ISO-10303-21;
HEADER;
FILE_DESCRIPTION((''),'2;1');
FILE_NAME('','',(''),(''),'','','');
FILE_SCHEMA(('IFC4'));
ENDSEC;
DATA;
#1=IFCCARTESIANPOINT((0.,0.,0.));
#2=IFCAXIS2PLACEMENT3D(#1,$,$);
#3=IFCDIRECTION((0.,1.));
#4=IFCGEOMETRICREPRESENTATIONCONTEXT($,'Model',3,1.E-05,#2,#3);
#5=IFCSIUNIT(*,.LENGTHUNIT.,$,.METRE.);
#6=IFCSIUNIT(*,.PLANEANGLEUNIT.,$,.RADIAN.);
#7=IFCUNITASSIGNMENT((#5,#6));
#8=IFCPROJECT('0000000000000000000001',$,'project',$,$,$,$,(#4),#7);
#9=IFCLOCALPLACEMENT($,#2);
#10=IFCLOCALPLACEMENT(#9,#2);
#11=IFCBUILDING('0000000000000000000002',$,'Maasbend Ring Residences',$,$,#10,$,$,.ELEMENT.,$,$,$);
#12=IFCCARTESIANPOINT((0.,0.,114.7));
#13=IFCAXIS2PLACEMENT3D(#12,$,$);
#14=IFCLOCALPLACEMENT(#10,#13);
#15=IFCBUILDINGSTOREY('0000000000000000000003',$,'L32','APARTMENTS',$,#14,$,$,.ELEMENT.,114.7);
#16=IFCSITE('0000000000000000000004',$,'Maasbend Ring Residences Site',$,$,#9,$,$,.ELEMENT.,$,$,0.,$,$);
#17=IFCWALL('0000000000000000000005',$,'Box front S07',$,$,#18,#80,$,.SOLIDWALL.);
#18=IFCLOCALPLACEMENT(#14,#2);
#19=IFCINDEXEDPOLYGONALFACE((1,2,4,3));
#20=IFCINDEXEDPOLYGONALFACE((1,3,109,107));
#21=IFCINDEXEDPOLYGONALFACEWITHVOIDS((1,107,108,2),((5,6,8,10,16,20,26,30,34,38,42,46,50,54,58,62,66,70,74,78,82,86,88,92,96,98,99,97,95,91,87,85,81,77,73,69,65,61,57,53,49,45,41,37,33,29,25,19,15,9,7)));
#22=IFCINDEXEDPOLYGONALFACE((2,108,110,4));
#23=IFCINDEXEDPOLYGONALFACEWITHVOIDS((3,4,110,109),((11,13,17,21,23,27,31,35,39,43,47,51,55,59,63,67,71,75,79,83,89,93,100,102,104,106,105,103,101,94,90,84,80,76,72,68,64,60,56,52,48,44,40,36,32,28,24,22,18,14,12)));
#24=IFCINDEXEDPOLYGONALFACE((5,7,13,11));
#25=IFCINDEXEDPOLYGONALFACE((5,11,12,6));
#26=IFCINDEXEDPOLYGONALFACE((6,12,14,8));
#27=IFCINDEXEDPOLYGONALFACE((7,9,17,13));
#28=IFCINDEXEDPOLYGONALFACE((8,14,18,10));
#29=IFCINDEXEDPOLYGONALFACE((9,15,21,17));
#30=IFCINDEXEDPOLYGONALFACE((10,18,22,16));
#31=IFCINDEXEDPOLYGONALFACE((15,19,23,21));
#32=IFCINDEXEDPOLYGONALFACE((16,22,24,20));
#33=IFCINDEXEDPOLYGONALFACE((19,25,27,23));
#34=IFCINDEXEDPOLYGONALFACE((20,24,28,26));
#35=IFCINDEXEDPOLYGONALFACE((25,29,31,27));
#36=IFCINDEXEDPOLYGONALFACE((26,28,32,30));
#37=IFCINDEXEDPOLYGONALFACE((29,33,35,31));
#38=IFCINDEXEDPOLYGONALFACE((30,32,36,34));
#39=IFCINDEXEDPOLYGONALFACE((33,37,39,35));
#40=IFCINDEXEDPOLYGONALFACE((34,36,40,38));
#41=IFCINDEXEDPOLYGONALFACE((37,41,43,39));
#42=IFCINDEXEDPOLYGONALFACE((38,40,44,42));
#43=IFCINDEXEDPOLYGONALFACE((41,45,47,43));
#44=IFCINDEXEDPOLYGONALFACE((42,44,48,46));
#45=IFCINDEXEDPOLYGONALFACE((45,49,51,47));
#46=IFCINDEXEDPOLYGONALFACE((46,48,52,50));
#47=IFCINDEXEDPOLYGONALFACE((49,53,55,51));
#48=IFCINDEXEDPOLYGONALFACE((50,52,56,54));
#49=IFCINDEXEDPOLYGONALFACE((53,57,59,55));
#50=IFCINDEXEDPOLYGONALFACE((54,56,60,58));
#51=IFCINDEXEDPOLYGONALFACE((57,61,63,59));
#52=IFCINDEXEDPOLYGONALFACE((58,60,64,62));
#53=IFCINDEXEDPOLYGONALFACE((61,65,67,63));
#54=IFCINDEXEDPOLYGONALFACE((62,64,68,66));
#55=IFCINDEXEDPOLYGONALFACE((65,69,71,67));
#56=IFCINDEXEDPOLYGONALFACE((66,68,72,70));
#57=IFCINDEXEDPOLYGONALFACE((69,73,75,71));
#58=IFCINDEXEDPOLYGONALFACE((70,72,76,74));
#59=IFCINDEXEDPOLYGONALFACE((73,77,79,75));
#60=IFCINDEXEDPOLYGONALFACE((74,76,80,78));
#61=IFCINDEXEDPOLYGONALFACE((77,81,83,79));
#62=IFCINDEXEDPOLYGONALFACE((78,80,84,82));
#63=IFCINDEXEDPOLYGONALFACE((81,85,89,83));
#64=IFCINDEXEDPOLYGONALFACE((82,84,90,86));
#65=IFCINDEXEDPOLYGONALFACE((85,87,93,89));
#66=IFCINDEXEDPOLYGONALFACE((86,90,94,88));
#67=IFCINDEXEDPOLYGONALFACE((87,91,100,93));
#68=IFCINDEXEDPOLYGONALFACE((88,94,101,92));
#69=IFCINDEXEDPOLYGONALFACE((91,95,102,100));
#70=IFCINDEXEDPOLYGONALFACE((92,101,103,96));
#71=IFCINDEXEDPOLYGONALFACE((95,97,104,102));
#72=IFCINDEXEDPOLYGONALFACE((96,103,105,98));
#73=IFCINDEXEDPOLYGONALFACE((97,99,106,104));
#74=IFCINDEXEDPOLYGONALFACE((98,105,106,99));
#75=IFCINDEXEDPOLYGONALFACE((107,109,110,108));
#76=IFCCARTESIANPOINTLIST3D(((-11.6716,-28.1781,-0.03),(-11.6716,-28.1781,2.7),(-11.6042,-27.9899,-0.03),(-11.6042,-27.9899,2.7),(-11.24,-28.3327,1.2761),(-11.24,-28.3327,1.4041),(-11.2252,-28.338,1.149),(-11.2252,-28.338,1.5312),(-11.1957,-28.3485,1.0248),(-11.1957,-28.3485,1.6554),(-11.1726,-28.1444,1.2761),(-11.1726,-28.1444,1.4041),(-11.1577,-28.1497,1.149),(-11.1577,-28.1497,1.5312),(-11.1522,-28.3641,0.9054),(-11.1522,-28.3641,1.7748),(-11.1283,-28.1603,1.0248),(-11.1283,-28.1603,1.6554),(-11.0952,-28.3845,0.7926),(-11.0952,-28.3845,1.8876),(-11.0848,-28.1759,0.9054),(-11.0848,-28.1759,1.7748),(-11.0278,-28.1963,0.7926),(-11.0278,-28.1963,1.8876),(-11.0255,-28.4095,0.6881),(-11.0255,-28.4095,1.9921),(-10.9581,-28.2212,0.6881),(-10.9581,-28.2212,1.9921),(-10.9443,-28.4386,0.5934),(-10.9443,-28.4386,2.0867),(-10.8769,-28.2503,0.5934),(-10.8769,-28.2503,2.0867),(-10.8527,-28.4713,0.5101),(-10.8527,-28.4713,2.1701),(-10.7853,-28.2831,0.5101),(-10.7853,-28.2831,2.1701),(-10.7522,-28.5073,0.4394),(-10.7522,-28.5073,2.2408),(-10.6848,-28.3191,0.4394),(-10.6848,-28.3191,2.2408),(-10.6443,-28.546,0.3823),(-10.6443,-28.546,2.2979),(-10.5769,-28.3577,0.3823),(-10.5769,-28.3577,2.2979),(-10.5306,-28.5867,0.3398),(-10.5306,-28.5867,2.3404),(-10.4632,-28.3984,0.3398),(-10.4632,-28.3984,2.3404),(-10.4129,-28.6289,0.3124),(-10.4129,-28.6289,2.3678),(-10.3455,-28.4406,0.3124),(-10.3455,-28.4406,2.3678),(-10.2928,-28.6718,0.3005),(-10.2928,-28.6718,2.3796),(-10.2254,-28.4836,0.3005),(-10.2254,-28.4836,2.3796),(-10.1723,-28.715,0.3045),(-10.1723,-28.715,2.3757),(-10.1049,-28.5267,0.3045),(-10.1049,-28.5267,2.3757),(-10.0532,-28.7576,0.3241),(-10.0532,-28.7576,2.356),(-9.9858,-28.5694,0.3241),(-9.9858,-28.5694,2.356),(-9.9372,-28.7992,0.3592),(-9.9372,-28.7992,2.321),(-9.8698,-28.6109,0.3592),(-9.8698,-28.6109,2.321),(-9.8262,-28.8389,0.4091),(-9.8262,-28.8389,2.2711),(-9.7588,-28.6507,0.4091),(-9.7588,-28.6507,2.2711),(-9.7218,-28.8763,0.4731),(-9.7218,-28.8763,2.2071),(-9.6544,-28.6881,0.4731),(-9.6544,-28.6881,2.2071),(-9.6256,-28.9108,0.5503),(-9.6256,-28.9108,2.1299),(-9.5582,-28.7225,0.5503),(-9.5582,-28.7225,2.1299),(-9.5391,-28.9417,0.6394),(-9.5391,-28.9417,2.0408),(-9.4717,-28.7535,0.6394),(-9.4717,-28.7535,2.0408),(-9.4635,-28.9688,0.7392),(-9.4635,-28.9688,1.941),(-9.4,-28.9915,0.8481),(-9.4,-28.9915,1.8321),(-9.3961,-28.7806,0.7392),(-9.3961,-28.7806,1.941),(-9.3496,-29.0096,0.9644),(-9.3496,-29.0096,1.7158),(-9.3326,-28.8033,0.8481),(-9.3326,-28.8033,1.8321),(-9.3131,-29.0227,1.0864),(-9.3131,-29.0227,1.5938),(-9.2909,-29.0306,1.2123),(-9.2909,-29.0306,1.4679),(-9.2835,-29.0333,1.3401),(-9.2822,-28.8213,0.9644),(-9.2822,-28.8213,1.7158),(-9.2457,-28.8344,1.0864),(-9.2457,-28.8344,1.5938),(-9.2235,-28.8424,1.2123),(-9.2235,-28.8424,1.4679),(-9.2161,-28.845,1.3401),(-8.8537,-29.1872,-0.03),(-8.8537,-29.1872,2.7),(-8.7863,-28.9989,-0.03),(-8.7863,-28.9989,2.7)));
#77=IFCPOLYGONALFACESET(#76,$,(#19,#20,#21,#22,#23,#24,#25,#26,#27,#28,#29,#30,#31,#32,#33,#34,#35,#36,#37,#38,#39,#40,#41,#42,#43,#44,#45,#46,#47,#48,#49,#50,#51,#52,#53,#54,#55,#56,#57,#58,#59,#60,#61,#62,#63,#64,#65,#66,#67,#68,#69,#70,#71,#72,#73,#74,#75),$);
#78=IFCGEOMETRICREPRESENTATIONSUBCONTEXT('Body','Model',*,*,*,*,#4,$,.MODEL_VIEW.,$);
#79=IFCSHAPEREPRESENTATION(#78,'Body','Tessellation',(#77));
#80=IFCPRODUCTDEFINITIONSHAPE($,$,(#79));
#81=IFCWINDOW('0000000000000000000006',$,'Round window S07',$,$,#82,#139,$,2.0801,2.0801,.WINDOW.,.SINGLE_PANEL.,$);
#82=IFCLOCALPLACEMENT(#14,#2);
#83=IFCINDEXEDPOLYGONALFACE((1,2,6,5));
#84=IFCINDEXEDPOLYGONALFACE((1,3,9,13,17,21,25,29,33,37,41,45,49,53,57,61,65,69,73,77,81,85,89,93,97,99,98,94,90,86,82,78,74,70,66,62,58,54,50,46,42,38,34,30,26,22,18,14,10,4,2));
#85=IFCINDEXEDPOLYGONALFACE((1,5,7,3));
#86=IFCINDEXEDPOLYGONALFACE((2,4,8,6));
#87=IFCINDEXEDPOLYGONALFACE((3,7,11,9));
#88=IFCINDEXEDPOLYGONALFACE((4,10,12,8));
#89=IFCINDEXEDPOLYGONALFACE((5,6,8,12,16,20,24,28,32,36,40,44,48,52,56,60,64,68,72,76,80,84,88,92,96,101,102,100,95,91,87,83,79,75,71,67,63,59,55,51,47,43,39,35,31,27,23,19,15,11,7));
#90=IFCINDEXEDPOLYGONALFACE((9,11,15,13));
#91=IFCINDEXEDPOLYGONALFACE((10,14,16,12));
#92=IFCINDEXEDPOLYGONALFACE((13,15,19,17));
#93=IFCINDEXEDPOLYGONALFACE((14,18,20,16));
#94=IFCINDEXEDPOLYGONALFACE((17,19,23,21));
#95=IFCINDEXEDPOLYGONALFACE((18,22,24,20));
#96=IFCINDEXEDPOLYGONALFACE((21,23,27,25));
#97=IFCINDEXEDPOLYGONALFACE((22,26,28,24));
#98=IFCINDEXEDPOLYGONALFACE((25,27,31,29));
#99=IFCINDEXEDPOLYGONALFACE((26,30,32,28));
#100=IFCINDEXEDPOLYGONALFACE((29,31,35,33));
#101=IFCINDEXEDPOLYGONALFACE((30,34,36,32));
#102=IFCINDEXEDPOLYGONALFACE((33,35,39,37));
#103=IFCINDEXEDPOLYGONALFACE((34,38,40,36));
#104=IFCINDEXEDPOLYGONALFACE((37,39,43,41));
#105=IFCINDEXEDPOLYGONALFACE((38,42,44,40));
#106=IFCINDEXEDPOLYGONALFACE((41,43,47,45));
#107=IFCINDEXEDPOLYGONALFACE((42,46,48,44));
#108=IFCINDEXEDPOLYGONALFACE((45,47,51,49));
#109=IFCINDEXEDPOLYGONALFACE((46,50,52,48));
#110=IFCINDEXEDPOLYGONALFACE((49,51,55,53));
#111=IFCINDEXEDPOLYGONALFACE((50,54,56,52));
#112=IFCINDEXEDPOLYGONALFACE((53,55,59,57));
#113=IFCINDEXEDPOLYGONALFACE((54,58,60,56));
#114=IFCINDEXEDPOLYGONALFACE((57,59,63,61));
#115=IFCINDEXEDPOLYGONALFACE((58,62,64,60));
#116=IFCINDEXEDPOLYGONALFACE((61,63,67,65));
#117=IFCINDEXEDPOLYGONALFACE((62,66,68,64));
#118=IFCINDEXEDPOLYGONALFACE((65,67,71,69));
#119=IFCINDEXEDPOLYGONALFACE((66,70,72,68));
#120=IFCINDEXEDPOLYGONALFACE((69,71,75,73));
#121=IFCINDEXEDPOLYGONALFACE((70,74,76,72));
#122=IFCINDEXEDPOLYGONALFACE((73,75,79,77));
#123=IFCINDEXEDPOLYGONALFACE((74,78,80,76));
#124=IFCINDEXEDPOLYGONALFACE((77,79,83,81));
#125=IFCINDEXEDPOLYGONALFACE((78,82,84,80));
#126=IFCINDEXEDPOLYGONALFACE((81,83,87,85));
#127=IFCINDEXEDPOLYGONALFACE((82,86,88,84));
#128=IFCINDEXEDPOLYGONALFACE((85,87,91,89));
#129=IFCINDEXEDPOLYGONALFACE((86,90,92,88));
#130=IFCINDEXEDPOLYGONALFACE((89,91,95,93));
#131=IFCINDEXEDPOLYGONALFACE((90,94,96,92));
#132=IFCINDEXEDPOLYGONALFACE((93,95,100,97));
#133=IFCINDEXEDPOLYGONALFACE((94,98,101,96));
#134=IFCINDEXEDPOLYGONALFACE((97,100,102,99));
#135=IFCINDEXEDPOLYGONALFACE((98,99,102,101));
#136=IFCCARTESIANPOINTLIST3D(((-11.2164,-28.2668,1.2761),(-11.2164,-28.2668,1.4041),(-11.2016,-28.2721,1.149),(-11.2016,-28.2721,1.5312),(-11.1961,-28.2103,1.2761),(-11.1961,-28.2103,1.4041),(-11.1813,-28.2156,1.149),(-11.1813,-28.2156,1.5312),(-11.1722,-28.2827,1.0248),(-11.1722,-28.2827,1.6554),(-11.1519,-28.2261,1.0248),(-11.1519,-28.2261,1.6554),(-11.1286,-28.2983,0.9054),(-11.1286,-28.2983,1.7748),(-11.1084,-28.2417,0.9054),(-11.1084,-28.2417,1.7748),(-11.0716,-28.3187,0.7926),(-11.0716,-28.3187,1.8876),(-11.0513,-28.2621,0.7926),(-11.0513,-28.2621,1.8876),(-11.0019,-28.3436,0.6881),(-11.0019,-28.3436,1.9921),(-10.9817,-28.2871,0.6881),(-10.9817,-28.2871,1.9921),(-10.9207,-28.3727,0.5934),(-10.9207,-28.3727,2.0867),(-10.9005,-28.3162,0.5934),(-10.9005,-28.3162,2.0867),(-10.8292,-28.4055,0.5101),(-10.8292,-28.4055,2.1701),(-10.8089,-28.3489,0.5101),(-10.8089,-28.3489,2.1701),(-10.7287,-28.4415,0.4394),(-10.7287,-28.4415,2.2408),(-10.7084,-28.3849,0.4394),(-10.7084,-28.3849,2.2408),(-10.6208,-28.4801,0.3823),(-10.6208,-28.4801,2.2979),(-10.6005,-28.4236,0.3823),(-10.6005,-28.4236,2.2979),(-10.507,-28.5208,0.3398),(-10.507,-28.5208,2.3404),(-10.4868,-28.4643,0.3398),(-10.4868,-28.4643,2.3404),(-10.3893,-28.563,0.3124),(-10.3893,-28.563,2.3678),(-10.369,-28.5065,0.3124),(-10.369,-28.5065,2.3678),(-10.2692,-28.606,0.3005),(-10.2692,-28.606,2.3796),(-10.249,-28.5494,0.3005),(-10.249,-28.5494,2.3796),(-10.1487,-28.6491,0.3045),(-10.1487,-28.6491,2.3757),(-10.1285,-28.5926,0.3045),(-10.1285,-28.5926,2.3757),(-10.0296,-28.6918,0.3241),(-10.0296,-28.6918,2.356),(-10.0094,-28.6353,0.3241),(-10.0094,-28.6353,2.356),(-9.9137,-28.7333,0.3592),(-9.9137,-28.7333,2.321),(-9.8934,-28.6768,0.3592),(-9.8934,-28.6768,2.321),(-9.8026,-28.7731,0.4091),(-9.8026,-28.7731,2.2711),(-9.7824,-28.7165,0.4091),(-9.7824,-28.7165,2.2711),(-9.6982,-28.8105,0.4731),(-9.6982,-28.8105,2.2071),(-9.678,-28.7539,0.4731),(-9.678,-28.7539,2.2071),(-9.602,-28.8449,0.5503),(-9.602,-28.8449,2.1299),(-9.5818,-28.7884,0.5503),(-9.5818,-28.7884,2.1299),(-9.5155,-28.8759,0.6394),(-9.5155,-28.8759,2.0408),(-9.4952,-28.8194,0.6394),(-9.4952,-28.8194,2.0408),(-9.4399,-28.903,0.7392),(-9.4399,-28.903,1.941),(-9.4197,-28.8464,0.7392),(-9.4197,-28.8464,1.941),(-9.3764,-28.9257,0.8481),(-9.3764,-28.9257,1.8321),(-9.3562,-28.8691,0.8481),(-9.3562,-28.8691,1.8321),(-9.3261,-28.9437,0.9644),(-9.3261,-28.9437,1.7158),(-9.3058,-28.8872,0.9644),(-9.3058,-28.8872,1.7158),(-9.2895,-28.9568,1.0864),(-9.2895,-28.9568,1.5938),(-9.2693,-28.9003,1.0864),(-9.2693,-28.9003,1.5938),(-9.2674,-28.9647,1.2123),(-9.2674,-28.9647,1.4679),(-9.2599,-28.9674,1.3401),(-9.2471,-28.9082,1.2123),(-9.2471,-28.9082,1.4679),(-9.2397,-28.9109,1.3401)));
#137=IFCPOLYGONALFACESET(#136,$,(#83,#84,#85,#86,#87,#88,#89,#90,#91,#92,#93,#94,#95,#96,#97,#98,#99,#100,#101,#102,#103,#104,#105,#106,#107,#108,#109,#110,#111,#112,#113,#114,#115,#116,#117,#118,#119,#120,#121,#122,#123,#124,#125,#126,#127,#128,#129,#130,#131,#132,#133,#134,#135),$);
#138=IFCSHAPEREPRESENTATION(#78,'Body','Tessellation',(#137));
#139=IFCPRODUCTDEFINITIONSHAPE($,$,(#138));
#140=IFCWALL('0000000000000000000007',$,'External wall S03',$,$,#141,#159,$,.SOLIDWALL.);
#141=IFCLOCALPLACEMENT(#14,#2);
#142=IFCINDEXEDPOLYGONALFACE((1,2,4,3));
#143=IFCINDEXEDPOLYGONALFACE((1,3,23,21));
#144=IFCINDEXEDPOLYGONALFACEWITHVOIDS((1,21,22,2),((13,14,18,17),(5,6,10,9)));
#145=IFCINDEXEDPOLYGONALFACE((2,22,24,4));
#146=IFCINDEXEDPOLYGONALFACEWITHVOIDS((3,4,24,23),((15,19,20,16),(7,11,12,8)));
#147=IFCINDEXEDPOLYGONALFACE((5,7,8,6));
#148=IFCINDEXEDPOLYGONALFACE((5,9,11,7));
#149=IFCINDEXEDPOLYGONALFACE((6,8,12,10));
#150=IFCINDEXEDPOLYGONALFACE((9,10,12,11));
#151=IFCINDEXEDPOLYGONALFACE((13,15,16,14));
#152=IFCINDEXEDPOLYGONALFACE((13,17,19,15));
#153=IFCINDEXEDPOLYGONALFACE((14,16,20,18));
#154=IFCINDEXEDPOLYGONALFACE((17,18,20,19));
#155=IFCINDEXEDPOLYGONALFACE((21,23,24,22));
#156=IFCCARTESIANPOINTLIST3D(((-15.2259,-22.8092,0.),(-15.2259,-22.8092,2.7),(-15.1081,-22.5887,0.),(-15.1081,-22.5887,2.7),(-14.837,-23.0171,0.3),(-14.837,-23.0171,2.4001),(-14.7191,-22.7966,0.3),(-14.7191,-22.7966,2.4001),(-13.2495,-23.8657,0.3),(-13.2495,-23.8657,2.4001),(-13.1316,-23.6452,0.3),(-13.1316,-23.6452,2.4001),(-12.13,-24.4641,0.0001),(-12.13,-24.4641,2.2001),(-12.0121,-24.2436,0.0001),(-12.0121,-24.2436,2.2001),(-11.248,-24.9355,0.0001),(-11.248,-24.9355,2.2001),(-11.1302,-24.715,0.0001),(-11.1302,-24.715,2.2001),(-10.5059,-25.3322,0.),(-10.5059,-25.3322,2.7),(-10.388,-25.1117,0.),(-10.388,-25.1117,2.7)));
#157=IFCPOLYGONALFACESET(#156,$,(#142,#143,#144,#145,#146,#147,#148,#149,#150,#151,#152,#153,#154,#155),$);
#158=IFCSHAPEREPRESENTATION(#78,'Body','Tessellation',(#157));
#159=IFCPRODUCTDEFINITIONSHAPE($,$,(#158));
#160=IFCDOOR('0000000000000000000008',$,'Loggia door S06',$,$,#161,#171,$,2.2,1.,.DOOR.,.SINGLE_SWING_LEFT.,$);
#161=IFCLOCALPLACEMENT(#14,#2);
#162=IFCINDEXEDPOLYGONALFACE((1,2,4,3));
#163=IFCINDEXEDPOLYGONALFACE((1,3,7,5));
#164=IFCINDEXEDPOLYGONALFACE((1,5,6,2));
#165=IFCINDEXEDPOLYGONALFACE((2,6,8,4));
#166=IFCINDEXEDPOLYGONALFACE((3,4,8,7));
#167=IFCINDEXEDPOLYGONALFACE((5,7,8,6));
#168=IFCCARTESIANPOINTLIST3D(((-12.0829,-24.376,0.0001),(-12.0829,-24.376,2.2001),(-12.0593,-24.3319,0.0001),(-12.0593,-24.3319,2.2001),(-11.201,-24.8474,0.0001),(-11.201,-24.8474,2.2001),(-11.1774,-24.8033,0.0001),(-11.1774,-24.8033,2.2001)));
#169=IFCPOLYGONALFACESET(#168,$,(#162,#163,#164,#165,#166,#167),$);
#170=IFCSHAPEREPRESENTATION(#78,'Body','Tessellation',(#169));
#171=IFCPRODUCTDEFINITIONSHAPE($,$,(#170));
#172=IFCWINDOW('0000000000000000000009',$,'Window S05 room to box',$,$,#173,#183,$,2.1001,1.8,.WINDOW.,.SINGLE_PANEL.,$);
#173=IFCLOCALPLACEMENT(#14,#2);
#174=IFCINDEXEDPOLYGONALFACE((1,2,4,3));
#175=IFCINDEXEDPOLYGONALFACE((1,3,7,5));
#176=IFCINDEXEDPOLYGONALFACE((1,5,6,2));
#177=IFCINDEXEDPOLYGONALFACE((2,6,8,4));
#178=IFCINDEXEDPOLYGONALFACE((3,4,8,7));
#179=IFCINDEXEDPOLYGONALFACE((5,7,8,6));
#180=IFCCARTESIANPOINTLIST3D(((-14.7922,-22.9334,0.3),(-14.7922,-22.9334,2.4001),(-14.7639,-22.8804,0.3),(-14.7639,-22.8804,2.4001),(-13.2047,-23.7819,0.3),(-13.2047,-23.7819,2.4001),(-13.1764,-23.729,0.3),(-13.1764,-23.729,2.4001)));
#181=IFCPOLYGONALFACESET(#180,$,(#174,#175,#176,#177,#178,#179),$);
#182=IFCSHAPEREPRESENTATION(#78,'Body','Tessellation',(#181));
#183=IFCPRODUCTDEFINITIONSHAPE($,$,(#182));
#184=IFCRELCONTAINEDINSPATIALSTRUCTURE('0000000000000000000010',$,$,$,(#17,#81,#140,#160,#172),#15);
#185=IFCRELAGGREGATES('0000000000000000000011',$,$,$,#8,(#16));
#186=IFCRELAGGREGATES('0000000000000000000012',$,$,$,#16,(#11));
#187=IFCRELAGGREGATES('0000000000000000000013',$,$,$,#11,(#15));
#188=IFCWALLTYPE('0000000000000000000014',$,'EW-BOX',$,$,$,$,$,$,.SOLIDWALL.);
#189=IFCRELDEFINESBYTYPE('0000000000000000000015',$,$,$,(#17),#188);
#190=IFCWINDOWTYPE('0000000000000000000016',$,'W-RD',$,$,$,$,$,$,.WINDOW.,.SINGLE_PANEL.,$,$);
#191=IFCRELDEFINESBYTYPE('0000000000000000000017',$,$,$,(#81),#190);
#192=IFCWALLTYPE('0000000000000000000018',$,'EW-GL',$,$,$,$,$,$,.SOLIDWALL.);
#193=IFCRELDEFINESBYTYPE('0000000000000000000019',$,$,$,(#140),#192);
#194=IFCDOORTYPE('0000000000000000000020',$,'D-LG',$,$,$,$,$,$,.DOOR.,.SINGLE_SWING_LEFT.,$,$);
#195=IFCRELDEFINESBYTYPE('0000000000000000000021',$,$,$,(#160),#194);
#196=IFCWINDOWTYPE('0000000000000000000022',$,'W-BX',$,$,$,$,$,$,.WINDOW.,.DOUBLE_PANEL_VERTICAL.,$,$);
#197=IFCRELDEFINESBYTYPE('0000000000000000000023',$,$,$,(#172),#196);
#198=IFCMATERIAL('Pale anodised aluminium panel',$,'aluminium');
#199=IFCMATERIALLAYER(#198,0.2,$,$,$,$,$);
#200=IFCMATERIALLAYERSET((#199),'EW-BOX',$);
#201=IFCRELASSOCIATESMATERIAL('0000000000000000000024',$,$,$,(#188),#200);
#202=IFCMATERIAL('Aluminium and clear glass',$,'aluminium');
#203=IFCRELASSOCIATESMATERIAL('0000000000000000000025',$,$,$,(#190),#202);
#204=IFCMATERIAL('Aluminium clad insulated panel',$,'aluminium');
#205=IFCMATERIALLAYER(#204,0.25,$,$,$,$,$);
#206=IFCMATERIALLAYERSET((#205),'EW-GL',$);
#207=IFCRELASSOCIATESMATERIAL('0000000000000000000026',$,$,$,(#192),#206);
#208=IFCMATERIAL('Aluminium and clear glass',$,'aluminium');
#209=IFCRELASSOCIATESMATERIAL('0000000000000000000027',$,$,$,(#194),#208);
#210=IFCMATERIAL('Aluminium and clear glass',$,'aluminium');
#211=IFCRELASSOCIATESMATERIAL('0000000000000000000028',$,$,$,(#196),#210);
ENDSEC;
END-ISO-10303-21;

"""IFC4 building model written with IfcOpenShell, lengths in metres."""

from ifc_helpers import new_model, si_unit, direction, frame, frame_2d, origin, place, context, subcontext, project, spatial, rectangle, circle, extrude, material, layer, layer_set, type_object, element, fill, save


model = new_model("IFC4")

# Units and contexts
model_context = context("Model", 3, precision=1e-05, world=origin(), true_north=direction((0.0, 1.0)))
body_context = subcontext(model_context, "Body", "Model", "MODEL_VIEW")
ifc_project = project(units=[si_unit("LENGTHUNIT", "METRE"), si_unit("PLANEANGLEUNIT", "RADIAN")], contexts=[model_context])

# Site, building, storey
site_placement = place(None, origin())
site = spatial("IfcSite", under=ifc_project, at=site_placement, Name="Maasbend Ring Residences Site", CompositionType="ELEMENT", RefElevation=0.0)
building_placement = place(site_placement, origin())
building = spatial("IfcBuilding", under=site, at=building_placement, Name="Maasbend Ring Residences", CompositionType="ELEMENT")
storey_placement = place(building_placement, frame((0.0, 0.0, 114.7)))
storey = spatial("IfcBuildingStorey", under=building, at=storey_placement, Name="L32", Description="APARTMENTS", CompositionType="ELEMENT", Elevation=114.7)

# Shared definitions
ifc_material_1 = material(Name="Pale anodised aluminium panel", Category="aluminium")
ifc_layer_1 = layer(ifc_material_1, 0.2)
ifc_layer_set_1 = layer_set([ifc_layer_1], Name="EW-BOX")
wall_type_1 = type_object("IfcWallType", Name="EW-BOX", PredefinedType="SOLIDWALL", material=ifc_layer_set_1)
ifc_material_2 = material(Name="Aluminium and clear glass", Category="aluminium")
window_type_1 = type_object("IfcWindowType", Name="W-RD", PartitioningType="SINGLE_PANEL", PredefinedType="WINDOW", material=ifc_material_2)

# Wall, opening, window
wall_1_placement = place(storey_placement, frame((-11.6379, -28.084, -0.03), z_axis=(0.0, 0.0, 1.0), x_axis=(0.941461, -0.337122, 0.0)))
wall_1 = element("IfcWall", 1, at=wall_1_placement, inside=storey, type_object=wall_type_1, Name="Box front S07", PredefinedType="SOLIDWALL", context=body_context, shape_type="SweptSolid", body=[
    extrude(rectangle(XDim=2.9932, YDim=0.2, at=frame_2d((1.4966, 0.0))), origin(), (0.0, 0.0, 1.0), 2.73),
])
opening_1_placement = place(wall_1_placement, frame((0.4565, 0.0, 0.3301)))
opening_1 = element("IfcOpeningElement", 2, at=opening_1_placement, cuts=wall_1, PredefinedType="OPENING", context=body_context, shape_type="SweptSolid", body=[
    extrude(circle(Radius=1.04, at=frame_2d((1.04, 1.04))), frame((0.0, 0.1099, 0.0), z_axis=(0.0, -1.0, 0.0), x_axis=(1.0, 0.0, 0.0)), (0.0, 0.0, 1.0), 0.22),
])
window_1_placement = place(opening_1_placement, origin())
window_1 = element("IfcWindow", 3, at=window_1_placement, inside=storey, type_object=window_type_1, Name="Round window S07", OverallHeight=2.0801, OverallWidth=2.0801, PartitioningType="SINGLE_PANEL", PredefinedType="WINDOW", context=body_context, shape_type="SweptSolid", body=[
    extrude(circle(Radius=1.04, at=frame_2d((1.04, 1.04))), frame((0.0, 0.03, 0.0), z_axis=(0.0, -1.0, 0.0), x_axis=(1.0, 0.0, 0.0)), (0.0, 0.0, 1.0), 0.0601),
])
fill(opening_1, window_1)

# Wall, openings, door, window
ifc_material_3 = material(Name="Aluminium clad insulated panel", Category="aluminium")
ifc_layer_2 = layer(ifc_material_3, 0.25)
ifc_layer_set_2 = layer_set([ifc_layer_2], Name="EW-GL")
wall_type_2 = type_object("IfcWallType", Name="EW-GL", PredefinedType="SOLIDWALL", material=ifc_layer_set_2)
wall_2_placement = place(storey_placement, frame((-15.167, -22.699, 0.0), z_axis=(0.0, 0.0, 1.0), x_axis=(0.881916, -0.471407, 0.0)))
wall_2 = element("IfcWall", 4, at=wall_2_placement, inside=storey, type_object=wall_type_2, Name="External wall S03", PredefinedType="SOLIDWALL", context=body_context, shape_type="SweptSolid", body=[
    extrude(rectangle(XDim=5.3521, YDim=0.25, at=frame_2d((2.676, 0.0))), origin(), (0.0, 0.0, 1.0), 2.7),
])
opening_2_placement = place(wall_2_placement, frame((0.4412, 0.0, 0.3)))
opening_2 = element("IfcOpeningElement", 5, at=opening_2_placement, cuts=wall_2, PredefinedType="OPENING", context=body_context, shape_type="SweptSolid", body=[
    extrude(rectangle(XDim=1.8, YDim=2.1001, at=frame_2d((0.8999, 1.05))), frame((0.0, 0.135, 0.0), z_axis=(0.0, -1.0, 0.0), x_axis=(1.0, 0.0, 0.0)), (0.0, 0.0, 1.0), 0.27),
])
opening_3_placement = place(wall_2_placement, frame((3.5105, 0.0, 0.0)))
opening_3 = element("IfcOpeningElement", 6, at=opening_3_placement, cuts=wall_2, PredefinedType="OPENING", context=body_context, shape_type="SweptSolid", body=[
    extrude(rectangle(XDim=1.0, YDim=2.2, at=frame_2d((0.5, 1.1001))), frame((0.0, 0.135, 0.0), z_axis=(0.0, -1.0, 0.0), x_axis=(1.0, 0.0, 0.0)), (0.0, 0.0, 1.0), 0.27),
])
ifc_material_4 = material(Name="Aluminium and clear glass", Category="aluminium")
door_type_1 = type_object("IfcDoorType", Name="D-LG", OperationType="SINGLE_SWING_LEFT", PredefinedType="DOOR", material=ifc_material_4)
door_1_placement = place(opening_3_placement, origin())
door_1 = element("IfcDoor", 7, at=door_1_placement, inside=storey, type_object=door_type_1, Name="Loggia door S06", OperationType="SINGLE_SWING_LEFT", OverallHeight=2.2, OverallWidth=1.0, PredefinedType="DOOR", context=body_context, shape_type="SweptSolid", body=[
    extrude(rectangle(XDim=1.0, YDim=2.2, at=frame_2d((0.5, 1.1001))), frame((0.0, 0.0249, 0.0), z_axis=(0.0, -1.0, 0.0), x_axis=(1.0, 0.0, 0.0)), (0.0, 0.0, 1.0), 0.05),
])
fill(opening_3, door_1)
ifc_material_5 = material(Name="Aluminium and clear glass", Category="aluminium")
window_type_2 = type_object("IfcWindowType", Name="W-BX", PartitioningType="DOUBLE_PANEL_VERTICAL", PredefinedType="WINDOW", material=ifc_material_5)
window_2_placement = place(opening_2_placement, origin())
window_2 = element("IfcWindow", 8, at=window_2_placement, inside=storey, type_object=window_type_2, Name="Window S05 room to box", OverallHeight=2.1001, OverallWidth=1.8, PartitioningType="SINGLE_PANEL", PredefinedType="WINDOW", context=body_context, shape_type="SweptSolid", body=[
    extrude(rectangle(XDim=1.8, YDim=2.1001, at=frame_2d((0.8999, 1.05))), frame((0.0, 0.03, 0.0), z_axis=(0.0, -1.0, 0.0), x_axis=(1.0, 0.0, 0.0)), (0.0, 0.0, 1.0), 0.0601),
])
fill(opening_2, window_2)

save(model, "model.ifc")
